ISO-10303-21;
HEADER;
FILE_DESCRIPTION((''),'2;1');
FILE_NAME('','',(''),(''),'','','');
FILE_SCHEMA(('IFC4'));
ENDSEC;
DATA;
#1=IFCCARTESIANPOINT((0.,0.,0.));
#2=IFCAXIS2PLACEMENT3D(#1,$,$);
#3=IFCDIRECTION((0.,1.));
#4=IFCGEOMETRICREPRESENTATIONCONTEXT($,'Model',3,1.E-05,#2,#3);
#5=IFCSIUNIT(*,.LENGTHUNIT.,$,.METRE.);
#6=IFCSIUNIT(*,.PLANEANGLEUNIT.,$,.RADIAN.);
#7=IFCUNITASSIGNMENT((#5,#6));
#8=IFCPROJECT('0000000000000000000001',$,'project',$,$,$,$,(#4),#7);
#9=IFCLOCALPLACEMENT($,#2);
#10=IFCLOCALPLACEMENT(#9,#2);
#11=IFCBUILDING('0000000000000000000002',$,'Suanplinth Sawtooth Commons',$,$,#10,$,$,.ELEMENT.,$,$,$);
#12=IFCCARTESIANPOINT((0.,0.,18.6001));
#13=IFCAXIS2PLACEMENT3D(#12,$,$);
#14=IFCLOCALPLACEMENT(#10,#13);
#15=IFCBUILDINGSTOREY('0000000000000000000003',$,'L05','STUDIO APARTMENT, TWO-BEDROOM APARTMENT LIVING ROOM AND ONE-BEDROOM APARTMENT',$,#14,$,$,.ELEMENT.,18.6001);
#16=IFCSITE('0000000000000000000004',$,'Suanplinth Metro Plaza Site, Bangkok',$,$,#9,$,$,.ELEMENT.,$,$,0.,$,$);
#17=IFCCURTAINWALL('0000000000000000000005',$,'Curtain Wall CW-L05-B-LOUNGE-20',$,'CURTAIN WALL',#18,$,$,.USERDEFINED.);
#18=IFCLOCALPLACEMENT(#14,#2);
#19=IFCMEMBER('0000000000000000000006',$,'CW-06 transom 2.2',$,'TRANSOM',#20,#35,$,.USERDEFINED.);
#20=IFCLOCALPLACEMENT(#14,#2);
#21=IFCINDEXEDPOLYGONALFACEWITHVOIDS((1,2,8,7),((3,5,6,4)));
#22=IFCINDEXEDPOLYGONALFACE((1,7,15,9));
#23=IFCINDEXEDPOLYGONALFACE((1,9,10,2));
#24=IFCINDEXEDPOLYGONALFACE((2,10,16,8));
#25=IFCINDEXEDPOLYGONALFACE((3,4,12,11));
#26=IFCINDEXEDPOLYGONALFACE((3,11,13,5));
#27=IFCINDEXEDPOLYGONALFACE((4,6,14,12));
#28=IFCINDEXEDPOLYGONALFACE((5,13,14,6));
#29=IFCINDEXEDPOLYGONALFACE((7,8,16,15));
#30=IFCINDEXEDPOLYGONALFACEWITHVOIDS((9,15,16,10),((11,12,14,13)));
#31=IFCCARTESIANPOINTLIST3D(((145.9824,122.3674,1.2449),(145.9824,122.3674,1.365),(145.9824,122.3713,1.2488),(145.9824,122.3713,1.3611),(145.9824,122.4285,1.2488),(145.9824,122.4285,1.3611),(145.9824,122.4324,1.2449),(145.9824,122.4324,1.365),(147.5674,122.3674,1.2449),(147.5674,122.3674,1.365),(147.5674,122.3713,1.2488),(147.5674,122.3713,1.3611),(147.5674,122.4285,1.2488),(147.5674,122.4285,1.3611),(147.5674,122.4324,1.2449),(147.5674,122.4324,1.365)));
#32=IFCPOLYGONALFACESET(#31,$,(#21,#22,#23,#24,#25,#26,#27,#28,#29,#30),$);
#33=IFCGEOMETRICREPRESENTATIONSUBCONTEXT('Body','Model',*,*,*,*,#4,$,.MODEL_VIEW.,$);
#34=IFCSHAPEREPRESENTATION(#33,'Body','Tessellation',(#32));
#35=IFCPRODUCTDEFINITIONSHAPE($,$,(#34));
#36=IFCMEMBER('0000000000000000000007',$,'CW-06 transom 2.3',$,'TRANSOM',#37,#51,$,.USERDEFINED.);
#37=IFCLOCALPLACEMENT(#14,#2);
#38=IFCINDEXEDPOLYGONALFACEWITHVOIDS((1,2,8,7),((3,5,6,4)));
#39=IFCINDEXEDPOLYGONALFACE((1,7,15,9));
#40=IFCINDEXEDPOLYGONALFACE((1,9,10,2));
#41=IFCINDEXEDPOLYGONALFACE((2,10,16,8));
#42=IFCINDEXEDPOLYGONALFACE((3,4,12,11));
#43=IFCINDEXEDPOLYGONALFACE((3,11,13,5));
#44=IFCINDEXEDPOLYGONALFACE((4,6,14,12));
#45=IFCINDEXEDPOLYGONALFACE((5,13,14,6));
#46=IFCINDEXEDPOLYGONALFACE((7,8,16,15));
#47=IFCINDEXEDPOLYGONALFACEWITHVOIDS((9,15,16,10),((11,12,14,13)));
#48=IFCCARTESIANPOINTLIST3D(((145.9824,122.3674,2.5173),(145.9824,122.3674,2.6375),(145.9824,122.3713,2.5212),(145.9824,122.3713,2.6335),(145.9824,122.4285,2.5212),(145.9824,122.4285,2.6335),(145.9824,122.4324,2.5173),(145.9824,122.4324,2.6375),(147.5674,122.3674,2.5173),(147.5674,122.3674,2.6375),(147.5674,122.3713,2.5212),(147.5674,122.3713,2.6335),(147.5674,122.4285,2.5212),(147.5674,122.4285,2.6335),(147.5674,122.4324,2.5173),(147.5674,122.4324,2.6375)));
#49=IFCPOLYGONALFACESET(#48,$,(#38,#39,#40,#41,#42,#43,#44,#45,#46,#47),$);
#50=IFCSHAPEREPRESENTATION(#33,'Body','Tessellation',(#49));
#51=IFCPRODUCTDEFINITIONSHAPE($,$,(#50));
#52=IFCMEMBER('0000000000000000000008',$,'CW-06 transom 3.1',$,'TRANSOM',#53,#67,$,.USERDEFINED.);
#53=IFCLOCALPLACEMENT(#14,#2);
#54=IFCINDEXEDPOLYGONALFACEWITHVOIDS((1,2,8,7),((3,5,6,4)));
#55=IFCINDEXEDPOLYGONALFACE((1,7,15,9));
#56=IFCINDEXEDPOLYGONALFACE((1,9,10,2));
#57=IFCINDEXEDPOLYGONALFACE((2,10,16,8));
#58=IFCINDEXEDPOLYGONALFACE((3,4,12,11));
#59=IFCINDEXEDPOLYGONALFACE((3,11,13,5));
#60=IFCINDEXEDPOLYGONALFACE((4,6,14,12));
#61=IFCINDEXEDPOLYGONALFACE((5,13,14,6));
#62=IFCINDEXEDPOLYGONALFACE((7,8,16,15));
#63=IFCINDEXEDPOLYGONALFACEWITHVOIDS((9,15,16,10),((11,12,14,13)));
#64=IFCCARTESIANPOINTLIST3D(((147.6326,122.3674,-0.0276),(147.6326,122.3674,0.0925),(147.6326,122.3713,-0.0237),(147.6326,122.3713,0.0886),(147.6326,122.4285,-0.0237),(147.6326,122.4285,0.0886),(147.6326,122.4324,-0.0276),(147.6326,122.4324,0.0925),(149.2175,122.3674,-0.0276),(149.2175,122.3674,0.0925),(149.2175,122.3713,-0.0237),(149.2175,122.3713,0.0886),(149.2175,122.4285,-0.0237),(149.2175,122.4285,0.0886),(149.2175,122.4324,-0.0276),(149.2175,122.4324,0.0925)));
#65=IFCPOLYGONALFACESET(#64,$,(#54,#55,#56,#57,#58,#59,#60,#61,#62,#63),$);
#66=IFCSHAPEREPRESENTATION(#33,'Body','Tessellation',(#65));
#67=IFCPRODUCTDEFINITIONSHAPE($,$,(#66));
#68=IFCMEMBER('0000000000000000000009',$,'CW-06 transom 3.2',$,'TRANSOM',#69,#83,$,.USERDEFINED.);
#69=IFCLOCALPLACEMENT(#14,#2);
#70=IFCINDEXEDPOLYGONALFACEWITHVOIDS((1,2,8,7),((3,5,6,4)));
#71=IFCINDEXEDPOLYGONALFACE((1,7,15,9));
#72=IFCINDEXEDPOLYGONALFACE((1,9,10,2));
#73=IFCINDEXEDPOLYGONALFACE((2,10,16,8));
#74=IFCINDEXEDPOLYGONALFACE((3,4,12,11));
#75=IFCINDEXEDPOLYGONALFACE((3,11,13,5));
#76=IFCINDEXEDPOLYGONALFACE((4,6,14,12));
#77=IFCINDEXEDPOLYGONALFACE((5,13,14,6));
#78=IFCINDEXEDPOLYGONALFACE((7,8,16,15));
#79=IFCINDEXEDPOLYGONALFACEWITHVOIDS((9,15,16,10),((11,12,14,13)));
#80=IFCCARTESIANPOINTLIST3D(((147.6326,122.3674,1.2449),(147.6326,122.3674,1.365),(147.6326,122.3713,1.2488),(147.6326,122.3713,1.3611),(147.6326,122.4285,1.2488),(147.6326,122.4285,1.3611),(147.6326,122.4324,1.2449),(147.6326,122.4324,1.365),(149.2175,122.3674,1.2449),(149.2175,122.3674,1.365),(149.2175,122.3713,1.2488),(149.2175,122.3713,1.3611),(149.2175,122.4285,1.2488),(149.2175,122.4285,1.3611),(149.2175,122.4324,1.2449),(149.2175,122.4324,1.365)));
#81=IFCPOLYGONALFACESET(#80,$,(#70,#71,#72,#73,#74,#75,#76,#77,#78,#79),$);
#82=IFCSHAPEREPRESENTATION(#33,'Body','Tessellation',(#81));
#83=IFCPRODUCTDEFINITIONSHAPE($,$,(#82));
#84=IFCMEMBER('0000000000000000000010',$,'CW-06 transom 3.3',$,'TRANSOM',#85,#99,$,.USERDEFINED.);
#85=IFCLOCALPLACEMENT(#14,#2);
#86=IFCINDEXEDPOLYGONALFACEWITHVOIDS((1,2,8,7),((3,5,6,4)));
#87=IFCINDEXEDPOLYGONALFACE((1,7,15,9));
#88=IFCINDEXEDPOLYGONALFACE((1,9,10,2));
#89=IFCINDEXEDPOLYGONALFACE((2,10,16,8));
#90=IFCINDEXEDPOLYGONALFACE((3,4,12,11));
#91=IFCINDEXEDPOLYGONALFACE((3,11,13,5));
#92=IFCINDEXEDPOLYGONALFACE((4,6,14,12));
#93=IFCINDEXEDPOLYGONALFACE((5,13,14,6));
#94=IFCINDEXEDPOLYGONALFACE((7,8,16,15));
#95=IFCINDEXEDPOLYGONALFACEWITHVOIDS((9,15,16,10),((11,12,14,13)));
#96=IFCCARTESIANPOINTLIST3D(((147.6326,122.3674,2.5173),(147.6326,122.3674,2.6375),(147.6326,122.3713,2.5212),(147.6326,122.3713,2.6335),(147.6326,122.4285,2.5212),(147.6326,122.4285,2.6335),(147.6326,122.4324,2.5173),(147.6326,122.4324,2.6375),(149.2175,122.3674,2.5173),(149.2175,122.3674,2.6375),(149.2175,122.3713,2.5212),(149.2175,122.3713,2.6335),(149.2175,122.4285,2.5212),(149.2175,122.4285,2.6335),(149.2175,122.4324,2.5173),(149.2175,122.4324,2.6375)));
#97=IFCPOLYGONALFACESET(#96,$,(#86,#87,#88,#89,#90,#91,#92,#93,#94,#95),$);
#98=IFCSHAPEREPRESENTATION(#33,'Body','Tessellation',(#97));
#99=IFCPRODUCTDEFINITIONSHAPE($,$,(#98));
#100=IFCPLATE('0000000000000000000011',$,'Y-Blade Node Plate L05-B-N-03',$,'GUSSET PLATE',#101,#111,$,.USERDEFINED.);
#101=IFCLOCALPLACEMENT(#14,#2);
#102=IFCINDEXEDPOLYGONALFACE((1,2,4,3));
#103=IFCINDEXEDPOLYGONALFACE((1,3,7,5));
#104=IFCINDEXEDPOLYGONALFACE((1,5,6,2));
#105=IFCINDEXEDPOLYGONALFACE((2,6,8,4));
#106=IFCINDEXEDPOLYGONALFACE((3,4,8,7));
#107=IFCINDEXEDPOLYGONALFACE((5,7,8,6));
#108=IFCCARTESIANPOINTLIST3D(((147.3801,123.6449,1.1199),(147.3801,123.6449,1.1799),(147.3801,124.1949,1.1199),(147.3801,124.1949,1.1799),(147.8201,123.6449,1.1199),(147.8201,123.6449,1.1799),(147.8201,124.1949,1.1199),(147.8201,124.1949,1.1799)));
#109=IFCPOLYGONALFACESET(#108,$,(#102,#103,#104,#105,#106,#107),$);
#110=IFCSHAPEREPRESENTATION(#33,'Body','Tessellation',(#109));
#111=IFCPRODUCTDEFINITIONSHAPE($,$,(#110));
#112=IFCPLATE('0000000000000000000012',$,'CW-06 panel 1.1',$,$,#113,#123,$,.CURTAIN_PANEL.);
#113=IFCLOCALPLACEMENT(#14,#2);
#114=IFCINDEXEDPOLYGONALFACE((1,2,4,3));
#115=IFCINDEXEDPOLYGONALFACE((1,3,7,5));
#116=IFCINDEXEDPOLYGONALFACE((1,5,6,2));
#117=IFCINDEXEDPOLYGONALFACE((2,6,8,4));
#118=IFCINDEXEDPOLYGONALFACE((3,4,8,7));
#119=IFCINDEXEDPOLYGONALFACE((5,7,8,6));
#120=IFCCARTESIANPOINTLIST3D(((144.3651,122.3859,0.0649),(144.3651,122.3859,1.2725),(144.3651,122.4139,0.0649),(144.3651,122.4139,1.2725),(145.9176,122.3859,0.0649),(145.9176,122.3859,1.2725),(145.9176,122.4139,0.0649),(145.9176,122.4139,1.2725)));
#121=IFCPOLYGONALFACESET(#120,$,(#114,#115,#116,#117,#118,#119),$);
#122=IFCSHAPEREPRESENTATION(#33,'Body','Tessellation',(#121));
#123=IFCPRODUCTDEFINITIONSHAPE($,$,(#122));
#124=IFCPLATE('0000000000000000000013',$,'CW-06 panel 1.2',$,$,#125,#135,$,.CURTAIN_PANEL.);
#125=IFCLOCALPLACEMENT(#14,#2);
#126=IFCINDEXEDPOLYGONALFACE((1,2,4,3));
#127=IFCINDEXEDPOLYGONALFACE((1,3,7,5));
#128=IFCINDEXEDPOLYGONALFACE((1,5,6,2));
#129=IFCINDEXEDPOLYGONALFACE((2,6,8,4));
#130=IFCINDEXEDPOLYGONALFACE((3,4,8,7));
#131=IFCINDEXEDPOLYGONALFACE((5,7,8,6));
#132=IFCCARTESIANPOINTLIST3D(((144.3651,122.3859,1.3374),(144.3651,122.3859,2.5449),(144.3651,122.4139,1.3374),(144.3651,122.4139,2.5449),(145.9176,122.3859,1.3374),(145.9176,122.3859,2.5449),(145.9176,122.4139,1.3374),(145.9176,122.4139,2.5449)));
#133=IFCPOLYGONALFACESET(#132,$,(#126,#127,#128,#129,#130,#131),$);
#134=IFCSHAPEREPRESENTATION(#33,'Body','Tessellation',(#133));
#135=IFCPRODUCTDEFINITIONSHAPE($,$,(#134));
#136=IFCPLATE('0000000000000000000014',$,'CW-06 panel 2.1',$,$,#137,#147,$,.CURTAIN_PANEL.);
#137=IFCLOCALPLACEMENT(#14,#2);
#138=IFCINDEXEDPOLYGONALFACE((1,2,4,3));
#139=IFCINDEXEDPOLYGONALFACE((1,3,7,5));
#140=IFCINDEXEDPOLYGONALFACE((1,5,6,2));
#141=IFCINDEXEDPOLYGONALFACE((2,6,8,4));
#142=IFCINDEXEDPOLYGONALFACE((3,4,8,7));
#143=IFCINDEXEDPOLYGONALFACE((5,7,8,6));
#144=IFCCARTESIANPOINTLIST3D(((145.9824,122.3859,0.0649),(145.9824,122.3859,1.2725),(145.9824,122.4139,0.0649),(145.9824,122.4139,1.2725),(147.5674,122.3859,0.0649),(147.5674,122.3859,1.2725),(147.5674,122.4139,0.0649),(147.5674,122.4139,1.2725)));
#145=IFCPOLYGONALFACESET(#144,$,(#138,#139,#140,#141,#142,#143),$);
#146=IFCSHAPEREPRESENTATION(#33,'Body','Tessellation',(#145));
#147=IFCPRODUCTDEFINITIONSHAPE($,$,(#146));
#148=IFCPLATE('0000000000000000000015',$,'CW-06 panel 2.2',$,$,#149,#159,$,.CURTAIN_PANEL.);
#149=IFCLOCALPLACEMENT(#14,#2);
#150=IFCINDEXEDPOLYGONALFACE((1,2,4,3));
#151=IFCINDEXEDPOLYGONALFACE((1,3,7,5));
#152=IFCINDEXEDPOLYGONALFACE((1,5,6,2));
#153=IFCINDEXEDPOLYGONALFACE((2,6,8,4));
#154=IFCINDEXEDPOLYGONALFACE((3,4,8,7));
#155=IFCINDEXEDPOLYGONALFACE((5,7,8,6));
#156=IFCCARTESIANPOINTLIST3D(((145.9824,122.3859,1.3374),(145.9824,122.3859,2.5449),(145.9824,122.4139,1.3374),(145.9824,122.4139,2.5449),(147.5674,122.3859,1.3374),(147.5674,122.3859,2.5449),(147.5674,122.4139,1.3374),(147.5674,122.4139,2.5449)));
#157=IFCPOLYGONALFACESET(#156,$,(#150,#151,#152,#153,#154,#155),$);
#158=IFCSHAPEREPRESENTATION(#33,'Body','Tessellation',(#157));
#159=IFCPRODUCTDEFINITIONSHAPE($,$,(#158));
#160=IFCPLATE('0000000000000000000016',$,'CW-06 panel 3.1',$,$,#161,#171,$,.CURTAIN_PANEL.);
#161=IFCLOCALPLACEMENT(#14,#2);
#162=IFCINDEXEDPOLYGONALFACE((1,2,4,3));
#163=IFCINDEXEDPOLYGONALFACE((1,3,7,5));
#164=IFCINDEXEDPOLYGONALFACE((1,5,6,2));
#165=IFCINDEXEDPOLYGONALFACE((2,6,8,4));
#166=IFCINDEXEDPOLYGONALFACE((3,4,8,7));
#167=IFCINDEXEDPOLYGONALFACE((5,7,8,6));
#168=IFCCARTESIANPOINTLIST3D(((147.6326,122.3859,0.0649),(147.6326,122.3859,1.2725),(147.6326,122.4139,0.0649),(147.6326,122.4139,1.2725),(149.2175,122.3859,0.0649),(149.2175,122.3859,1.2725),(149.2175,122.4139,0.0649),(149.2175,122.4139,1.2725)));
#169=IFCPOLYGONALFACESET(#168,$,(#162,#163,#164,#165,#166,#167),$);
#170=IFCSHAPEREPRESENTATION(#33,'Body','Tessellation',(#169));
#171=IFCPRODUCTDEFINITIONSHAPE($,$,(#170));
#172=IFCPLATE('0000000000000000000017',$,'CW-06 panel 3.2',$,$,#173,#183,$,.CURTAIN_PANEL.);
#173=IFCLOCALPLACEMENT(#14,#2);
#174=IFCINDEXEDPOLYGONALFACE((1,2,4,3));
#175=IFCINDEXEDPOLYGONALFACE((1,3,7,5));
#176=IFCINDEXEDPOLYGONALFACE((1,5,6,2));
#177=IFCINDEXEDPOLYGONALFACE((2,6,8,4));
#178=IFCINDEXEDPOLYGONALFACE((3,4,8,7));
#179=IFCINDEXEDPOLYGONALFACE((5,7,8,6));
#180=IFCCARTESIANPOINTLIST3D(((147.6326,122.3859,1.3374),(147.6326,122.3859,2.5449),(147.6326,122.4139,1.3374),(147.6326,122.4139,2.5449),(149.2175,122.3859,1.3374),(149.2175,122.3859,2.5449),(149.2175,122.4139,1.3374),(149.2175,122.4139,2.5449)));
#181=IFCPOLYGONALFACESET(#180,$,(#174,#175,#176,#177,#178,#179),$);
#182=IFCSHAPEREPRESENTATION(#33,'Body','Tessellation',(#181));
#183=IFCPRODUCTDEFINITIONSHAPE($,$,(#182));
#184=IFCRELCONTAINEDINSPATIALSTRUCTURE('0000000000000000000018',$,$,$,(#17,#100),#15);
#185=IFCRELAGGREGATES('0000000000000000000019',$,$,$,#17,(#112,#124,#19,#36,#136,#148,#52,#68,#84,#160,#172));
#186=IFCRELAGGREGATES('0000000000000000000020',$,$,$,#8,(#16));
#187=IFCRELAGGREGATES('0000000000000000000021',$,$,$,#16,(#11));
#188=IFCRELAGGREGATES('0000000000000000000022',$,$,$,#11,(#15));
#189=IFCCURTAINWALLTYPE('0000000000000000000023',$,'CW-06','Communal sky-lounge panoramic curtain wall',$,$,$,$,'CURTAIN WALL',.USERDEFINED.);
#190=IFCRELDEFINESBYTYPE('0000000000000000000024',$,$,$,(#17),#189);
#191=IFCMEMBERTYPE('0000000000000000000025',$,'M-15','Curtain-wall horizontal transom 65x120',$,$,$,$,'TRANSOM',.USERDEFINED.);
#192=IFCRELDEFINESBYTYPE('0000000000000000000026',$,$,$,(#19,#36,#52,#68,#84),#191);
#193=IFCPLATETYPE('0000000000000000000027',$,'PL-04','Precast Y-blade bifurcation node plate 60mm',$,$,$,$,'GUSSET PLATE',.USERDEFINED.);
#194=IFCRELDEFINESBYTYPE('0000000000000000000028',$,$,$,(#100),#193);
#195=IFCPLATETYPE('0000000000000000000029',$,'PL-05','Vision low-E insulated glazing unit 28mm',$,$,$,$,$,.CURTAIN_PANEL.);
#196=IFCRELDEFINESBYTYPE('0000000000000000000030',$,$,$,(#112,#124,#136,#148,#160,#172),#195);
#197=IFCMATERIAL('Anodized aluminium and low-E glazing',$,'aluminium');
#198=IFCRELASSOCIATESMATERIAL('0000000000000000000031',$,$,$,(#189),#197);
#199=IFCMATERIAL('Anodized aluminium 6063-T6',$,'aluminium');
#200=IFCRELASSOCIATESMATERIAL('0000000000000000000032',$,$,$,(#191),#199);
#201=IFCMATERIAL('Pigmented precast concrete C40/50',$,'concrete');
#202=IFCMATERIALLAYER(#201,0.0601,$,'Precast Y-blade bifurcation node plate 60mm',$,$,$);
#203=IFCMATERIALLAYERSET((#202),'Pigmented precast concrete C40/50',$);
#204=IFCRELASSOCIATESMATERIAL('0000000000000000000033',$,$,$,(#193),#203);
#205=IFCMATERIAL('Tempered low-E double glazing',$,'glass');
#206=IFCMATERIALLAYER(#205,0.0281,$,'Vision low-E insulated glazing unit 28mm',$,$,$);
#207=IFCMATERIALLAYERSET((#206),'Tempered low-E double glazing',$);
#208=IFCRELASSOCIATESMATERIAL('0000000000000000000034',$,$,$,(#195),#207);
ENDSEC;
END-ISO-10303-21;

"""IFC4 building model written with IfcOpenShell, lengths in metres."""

from ifc_helpers import new_model, si_unit, direction, frame, origin, origin_2d, place, context, subcontext, project, spatial, rectangle, hollow_rectangle, extrude, material, layer, layer_set, material_profile, profile_set, type_object, element, aggregate, save


model = new_model("IFC4")

# Units and contexts
model_context = context("Model", 3, precision=1e-05, world=origin(), true_north=direction((0.0, 1.0)))
body_context = subcontext(model_context, "Body", "Model", "MODEL_VIEW")
ifc_project = project(units=[si_unit("LENGTHUNIT", "METRE"), si_unit("PLANEANGLEUNIT", "RADIAN")], contexts=[model_context])

# Site, building, storey
site_placement = place(None, origin())
site = spatial("IfcSite", under=ifc_project, at=site_placement, Name="Suanplinth Metro Plaza Site, Bangkok", CompositionType="ELEMENT", RefElevation=0.0)
building_placement = place(site_placement, origin())
building = spatial("IfcBuilding", under=site, at=building_placement, Name="Suanplinth Sawtooth Commons", CompositionType="ELEMENT")
storey_placement = place(building_placement, frame((0.0, 0.0, 18.6001)))
storey = spatial("IfcBuildingStorey", under=building, at=storey_placement, Name="L05", Description="STUDIO APARTMENT, TWO-BEDROOM APARTMENT LIVING ROOM AND ONE-BEDROOM APARTMENT", CompositionType="ELEMENT", Elevation=18.6001)

# Shared definitions
ifc_material_1 = material(Name="Pigmented precast concrete C40/50", Category="concrete")

# Curtain wall, members
ifc_material_2 = material(Name="Anodized aluminium and low-E glazing", Category="aluminium")
curtain_wall_type = type_object("IfcCurtainWallType", Name="CW-06", Description="Communal sky-lounge panoramic curtain wall", ElementType="CURTAIN WALL", PredefinedType="USERDEFINED", material=ifc_material_2)
curtain_wall_placement = place(storey_placement, origin())
curtain_wall = element("IfcCurtainWall", 1, at=curtain_wall_placement, inside=storey, type_object=curtain_wall_type, Name="Curtain Wall CW-L05-B-LOUNGE-20", ObjectType="CURTAIN WALL", PredefinedType="USERDEFINED")
ifc_material_3 = material(Name="Anodized aluminium 6063-T6", Category="aluminium")
ifc_material_profile_1 = material_profile(ifc_material_3, hollow_rectangle(XDim=0.0649, YDim=0.1201, WallThickness=0.0039, at=origin_2d()), Name="ALU-TRN 65x120")
ifc_profile_set_1 = profile_set([ifc_material_profile_1], Name="Anodized aluminium 6063-T6")
member_type_1 = type_object("IfcMemberType", Name="M-15", Description="Curtain-wall horizontal transom 65x120", ElementType="TRANSOM", PredefinedType="USERDEFINED", material=ifc_profile_set_1)
member_1_placement = place(storey_placement, frame((145.9824, 122.3999, 1.3049), z_axis=(1.0, 0.0, 0.0), x_axis=(0.0, 1.0, 0.0)))
member_1 = element("IfcMember", 2, at=member_1_placement, type_object=member_type_1, Name="CW-06 transom 2.2", ObjectType="TRANSOM", PredefinedType="USERDEFINED", context=body_context, shape_type="SweptSolid", body=[
    extrude(hollow_rectangle(XDim=0.0649, YDim=0.1201, WallThickness=0.0039, at=origin_2d()), origin(), (0.0, 0.0, 1.0), 1.585),
])
member_2_placement = place(storey_placement, frame((145.9824, 122.3999, 2.5774), z_axis=(1.0, 0.0, 0.0), x_axis=(0.0, 1.0, 0.0)))
member_2 = element("IfcMember", 3, at=member_2_placement, type_object=member_type_1, Name="CW-06 transom 2.3", ObjectType="TRANSOM", PredefinedType="USERDEFINED", context=body_context, shape_type="SweptSolid", body=[
    extrude(hollow_rectangle(XDim=0.0649, YDim=0.1201, WallThickness=0.0039, at=origin_2d()), origin(), (0.0, 0.0, 1.0), 1.585),
])
member_3_placement = place(storey_placement, frame((147.6326, 122.3999, 0.0325), z_axis=(1.0, 0.0, 0.0), x_axis=(0.0, 1.0, 0.0)))
member_3 = element("IfcMember", 4, at=member_3_placement, type_object=member_type_1, Name="CW-06 transom 3.1", ObjectType="TRANSOM", PredefinedType="USERDEFINED", context=body_context, shape_type="SweptSolid", body=[
    extrude(hollow_rectangle(XDim=0.0649, YDim=0.1201, WallThickness=0.0039, at=origin_2d()), origin(), (0.0, 0.0, 1.0), 1.585),
])
member_4_placement = place(storey_placement, frame((147.6326, 122.3999, 1.3049), z_axis=(1.0, 0.0, 0.0), x_axis=(0.0, 1.0, 0.0)))
member_4 = element("IfcMember", 5, at=member_4_placement, type_object=member_type_1, Name="CW-06 transom 3.2", ObjectType="TRANSOM", PredefinedType="USERDEFINED", context=body_context, shape_type="SweptSolid", body=[
    extrude(hollow_rectangle(XDim=0.0649, YDim=0.1201, WallThickness=0.0039, at=origin_2d()), origin(), (0.0, 0.0, 1.0), 1.585),
])
member_5_placement = place(storey_placement, frame((147.6326, 122.3999, 2.5774), z_axis=(1.0, 0.0, 0.0), x_axis=(0.0, 1.0, 0.0)))
member_5 = element("IfcMember", 6, at=member_5_placement, type_object=member_type_1, Name="CW-06 transom 3.3", ObjectType="TRANSOM", PredefinedType="USERDEFINED", context=body_context, shape_type="SweptSolid", body=[
    extrude(hollow_rectangle(XDim=0.0649, YDim=0.1201, WallThickness=0.0039, at=origin_2d()), origin(), (0.0, 0.0, 1.0), 1.585),
])

# Plates
ifc_layer_1 = layer(ifc_material_1, 0.0601, Name="Precast Y-blade bifurcation node plate 60mm")
ifc_layer_set_1 = layer_set([ifc_layer_1], Name="Pigmented precast concrete C40/50")
plate_type_1 = type_object("IfcPlateType", Name="PL-04", Description="Precast Y-blade bifurcation node plate 60mm", ElementType="GUSSET PLATE", PredefinedType="USERDEFINED", material=ifc_layer_set_1)
plate_1_placement = place(storey_placement, frame((147.6001, 123.9199, 1.1199), z_axis=(0.0, 0.0, 1.0), x_axis=(1.0, 0.0, 0.0)))
element("IfcPlate", 7, at=plate_1_placement, inside=storey, type_object=plate_type_1, Name="Y-Blade Node Plate L05-B-N-03", ObjectType="GUSSET PLATE", PredefinedType="USERDEFINED", context=body_context, shape_type="SweptSolid", body=[
    extrude(rectangle(XDim=0.4399, YDim=0.55, at=origin_2d()), origin(), (0.0, 0.0, 1.0), 0.0601),
])
ifc_material_4 = material(Name="Tempered low-E double glazing", Category="glass")
ifc_layer_2 = layer(ifc_material_4, 0.0281, Name="Vision low-E insulated glazing unit 28mm")
ifc_layer_set_2 = layer_set([ifc_layer_2], Name="Tempered low-E double glazing")
plate_type_2 = type_object("IfcPlateType", Name="PL-05", Description="Vision low-E insulated glazing unit 28mm", PredefinedType="CURTAIN_PANEL", material=ifc_layer_set_2)
plate_2_placement = place(storey_placement, frame((145.1414, 122.3999, 0.0649), z_axis=(0.0, 0.0, 1.0), x_axis=(1.0, 0.0, 0.0)))
plate_2 = element("IfcPlate", 8, at=plate_2_placement, type_object=plate_type_2, Name="CW-06 panel 1.1", PredefinedType="CURTAIN_PANEL", context=body_context, shape_type="SweptSolid", body=[
    extrude(rectangle(XDim=1.5525, YDim=0.0281, at=origin_2d()), origin(), (0.0, 0.0, 1.0), 1.2075),
])
plate_3_placement = place(storey_placement, frame((145.1414, 122.3999, 1.3374), z_axis=(0.0, 0.0, 1.0), x_axis=(1.0, 0.0, 0.0)))
plate_3 = element("IfcPlate", 9, at=plate_3_placement, type_object=plate_type_2, Name="CW-06 panel 1.2", PredefinedType="CURTAIN_PANEL", context=body_context, shape_type="SweptSolid", body=[
    extrude(rectangle(XDim=1.5525, YDim=0.0281, at=origin_2d()), origin(), (0.0, 0.0, 1.0), 1.2075),
])
plate_4_placement = place(storey_placement, frame((146.7749, 122.3999, 0.0649), z_axis=(0.0, 0.0, 1.0), x_axis=(1.0, 0.0, 0.0)))
plate_4 = element("IfcPlate", 10, at=plate_4_placement, type_object=plate_type_2, Name="CW-06 panel 2.1", PredefinedType="CURTAIN_PANEL", context=body_context, shape_type="SweptSolid", body=[
    extrude(rectangle(XDim=1.585, YDim=0.0281, at=origin_2d()), origin(), (0.0, 0.0, 1.0), 1.2075),
])
plate_5_placement = place(storey_placement, frame((146.7749, 122.3999, 1.3374), z_axis=(0.0, 0.0, 1.0), x_axis=(1.0, 0.0, 0.0)))
plate_5 = element("IfcPlate", 11, at=plate_5_placement, type_object=plate_type_2, Name="CW-06 panel 2.2", PredefinedType="CURTAIN_PANEL", context=body_context, shape_type="SweptSolid", body=[
    extrude(rectangle(XDim=1.585, YDim=0.0281, at=origin_2d()), origin(), (0.0, 0.0, 1.0), 1.2075),
])
plate_6_placement = place(storey_placement, frame((148.425, 122.3999, 0.0649), z_axis=(0.0, 0.0, 1.0), x_axis=(1.0, 0.0, 0.0)))
plate_6 = element("IfcPlate", 12, at=plate_6_placement, type_object=plate_type_2, Name="CW-06 panel 3.1", PredefinedType="CURTAIN_PANEL", context=body_context, shape_type="SweptSolid", body=[
    extrude(rectangle(XDim=1.585, YDim=0.0281, at=origin_2d()), origin(), (0.0, 0.0, 1.0), 1.2075),
])
plate_7_placement = place(storey_placement, frame((148.425, 122.3999, 1.3374), z_axis=(0.0, 0.0, 1.0), x_axis=(1.0, 0.0, 0.0)))
plate_7 = element("IfcPlate", 13, at=plate_7_placement, type_object=plate_type_2, Name="CW-06 panel 3.2", PredefinedType="CURTAIN_PANEL", context=body_context, shape_type="SweptSolid", body=[
    extrude(rectangle(XDim=1.585, YDim=0.0281, at=origin_2d()), origin(), (0.0, 0.0, 1.0), 1.2075),
])
aggregate(curtain_wall, [plate_2, plate_3, member_1, member_2, plate_4, plate_5, member_3, member_4, member_5, plate_6, plate_7])

save(model, "model.ifc")
